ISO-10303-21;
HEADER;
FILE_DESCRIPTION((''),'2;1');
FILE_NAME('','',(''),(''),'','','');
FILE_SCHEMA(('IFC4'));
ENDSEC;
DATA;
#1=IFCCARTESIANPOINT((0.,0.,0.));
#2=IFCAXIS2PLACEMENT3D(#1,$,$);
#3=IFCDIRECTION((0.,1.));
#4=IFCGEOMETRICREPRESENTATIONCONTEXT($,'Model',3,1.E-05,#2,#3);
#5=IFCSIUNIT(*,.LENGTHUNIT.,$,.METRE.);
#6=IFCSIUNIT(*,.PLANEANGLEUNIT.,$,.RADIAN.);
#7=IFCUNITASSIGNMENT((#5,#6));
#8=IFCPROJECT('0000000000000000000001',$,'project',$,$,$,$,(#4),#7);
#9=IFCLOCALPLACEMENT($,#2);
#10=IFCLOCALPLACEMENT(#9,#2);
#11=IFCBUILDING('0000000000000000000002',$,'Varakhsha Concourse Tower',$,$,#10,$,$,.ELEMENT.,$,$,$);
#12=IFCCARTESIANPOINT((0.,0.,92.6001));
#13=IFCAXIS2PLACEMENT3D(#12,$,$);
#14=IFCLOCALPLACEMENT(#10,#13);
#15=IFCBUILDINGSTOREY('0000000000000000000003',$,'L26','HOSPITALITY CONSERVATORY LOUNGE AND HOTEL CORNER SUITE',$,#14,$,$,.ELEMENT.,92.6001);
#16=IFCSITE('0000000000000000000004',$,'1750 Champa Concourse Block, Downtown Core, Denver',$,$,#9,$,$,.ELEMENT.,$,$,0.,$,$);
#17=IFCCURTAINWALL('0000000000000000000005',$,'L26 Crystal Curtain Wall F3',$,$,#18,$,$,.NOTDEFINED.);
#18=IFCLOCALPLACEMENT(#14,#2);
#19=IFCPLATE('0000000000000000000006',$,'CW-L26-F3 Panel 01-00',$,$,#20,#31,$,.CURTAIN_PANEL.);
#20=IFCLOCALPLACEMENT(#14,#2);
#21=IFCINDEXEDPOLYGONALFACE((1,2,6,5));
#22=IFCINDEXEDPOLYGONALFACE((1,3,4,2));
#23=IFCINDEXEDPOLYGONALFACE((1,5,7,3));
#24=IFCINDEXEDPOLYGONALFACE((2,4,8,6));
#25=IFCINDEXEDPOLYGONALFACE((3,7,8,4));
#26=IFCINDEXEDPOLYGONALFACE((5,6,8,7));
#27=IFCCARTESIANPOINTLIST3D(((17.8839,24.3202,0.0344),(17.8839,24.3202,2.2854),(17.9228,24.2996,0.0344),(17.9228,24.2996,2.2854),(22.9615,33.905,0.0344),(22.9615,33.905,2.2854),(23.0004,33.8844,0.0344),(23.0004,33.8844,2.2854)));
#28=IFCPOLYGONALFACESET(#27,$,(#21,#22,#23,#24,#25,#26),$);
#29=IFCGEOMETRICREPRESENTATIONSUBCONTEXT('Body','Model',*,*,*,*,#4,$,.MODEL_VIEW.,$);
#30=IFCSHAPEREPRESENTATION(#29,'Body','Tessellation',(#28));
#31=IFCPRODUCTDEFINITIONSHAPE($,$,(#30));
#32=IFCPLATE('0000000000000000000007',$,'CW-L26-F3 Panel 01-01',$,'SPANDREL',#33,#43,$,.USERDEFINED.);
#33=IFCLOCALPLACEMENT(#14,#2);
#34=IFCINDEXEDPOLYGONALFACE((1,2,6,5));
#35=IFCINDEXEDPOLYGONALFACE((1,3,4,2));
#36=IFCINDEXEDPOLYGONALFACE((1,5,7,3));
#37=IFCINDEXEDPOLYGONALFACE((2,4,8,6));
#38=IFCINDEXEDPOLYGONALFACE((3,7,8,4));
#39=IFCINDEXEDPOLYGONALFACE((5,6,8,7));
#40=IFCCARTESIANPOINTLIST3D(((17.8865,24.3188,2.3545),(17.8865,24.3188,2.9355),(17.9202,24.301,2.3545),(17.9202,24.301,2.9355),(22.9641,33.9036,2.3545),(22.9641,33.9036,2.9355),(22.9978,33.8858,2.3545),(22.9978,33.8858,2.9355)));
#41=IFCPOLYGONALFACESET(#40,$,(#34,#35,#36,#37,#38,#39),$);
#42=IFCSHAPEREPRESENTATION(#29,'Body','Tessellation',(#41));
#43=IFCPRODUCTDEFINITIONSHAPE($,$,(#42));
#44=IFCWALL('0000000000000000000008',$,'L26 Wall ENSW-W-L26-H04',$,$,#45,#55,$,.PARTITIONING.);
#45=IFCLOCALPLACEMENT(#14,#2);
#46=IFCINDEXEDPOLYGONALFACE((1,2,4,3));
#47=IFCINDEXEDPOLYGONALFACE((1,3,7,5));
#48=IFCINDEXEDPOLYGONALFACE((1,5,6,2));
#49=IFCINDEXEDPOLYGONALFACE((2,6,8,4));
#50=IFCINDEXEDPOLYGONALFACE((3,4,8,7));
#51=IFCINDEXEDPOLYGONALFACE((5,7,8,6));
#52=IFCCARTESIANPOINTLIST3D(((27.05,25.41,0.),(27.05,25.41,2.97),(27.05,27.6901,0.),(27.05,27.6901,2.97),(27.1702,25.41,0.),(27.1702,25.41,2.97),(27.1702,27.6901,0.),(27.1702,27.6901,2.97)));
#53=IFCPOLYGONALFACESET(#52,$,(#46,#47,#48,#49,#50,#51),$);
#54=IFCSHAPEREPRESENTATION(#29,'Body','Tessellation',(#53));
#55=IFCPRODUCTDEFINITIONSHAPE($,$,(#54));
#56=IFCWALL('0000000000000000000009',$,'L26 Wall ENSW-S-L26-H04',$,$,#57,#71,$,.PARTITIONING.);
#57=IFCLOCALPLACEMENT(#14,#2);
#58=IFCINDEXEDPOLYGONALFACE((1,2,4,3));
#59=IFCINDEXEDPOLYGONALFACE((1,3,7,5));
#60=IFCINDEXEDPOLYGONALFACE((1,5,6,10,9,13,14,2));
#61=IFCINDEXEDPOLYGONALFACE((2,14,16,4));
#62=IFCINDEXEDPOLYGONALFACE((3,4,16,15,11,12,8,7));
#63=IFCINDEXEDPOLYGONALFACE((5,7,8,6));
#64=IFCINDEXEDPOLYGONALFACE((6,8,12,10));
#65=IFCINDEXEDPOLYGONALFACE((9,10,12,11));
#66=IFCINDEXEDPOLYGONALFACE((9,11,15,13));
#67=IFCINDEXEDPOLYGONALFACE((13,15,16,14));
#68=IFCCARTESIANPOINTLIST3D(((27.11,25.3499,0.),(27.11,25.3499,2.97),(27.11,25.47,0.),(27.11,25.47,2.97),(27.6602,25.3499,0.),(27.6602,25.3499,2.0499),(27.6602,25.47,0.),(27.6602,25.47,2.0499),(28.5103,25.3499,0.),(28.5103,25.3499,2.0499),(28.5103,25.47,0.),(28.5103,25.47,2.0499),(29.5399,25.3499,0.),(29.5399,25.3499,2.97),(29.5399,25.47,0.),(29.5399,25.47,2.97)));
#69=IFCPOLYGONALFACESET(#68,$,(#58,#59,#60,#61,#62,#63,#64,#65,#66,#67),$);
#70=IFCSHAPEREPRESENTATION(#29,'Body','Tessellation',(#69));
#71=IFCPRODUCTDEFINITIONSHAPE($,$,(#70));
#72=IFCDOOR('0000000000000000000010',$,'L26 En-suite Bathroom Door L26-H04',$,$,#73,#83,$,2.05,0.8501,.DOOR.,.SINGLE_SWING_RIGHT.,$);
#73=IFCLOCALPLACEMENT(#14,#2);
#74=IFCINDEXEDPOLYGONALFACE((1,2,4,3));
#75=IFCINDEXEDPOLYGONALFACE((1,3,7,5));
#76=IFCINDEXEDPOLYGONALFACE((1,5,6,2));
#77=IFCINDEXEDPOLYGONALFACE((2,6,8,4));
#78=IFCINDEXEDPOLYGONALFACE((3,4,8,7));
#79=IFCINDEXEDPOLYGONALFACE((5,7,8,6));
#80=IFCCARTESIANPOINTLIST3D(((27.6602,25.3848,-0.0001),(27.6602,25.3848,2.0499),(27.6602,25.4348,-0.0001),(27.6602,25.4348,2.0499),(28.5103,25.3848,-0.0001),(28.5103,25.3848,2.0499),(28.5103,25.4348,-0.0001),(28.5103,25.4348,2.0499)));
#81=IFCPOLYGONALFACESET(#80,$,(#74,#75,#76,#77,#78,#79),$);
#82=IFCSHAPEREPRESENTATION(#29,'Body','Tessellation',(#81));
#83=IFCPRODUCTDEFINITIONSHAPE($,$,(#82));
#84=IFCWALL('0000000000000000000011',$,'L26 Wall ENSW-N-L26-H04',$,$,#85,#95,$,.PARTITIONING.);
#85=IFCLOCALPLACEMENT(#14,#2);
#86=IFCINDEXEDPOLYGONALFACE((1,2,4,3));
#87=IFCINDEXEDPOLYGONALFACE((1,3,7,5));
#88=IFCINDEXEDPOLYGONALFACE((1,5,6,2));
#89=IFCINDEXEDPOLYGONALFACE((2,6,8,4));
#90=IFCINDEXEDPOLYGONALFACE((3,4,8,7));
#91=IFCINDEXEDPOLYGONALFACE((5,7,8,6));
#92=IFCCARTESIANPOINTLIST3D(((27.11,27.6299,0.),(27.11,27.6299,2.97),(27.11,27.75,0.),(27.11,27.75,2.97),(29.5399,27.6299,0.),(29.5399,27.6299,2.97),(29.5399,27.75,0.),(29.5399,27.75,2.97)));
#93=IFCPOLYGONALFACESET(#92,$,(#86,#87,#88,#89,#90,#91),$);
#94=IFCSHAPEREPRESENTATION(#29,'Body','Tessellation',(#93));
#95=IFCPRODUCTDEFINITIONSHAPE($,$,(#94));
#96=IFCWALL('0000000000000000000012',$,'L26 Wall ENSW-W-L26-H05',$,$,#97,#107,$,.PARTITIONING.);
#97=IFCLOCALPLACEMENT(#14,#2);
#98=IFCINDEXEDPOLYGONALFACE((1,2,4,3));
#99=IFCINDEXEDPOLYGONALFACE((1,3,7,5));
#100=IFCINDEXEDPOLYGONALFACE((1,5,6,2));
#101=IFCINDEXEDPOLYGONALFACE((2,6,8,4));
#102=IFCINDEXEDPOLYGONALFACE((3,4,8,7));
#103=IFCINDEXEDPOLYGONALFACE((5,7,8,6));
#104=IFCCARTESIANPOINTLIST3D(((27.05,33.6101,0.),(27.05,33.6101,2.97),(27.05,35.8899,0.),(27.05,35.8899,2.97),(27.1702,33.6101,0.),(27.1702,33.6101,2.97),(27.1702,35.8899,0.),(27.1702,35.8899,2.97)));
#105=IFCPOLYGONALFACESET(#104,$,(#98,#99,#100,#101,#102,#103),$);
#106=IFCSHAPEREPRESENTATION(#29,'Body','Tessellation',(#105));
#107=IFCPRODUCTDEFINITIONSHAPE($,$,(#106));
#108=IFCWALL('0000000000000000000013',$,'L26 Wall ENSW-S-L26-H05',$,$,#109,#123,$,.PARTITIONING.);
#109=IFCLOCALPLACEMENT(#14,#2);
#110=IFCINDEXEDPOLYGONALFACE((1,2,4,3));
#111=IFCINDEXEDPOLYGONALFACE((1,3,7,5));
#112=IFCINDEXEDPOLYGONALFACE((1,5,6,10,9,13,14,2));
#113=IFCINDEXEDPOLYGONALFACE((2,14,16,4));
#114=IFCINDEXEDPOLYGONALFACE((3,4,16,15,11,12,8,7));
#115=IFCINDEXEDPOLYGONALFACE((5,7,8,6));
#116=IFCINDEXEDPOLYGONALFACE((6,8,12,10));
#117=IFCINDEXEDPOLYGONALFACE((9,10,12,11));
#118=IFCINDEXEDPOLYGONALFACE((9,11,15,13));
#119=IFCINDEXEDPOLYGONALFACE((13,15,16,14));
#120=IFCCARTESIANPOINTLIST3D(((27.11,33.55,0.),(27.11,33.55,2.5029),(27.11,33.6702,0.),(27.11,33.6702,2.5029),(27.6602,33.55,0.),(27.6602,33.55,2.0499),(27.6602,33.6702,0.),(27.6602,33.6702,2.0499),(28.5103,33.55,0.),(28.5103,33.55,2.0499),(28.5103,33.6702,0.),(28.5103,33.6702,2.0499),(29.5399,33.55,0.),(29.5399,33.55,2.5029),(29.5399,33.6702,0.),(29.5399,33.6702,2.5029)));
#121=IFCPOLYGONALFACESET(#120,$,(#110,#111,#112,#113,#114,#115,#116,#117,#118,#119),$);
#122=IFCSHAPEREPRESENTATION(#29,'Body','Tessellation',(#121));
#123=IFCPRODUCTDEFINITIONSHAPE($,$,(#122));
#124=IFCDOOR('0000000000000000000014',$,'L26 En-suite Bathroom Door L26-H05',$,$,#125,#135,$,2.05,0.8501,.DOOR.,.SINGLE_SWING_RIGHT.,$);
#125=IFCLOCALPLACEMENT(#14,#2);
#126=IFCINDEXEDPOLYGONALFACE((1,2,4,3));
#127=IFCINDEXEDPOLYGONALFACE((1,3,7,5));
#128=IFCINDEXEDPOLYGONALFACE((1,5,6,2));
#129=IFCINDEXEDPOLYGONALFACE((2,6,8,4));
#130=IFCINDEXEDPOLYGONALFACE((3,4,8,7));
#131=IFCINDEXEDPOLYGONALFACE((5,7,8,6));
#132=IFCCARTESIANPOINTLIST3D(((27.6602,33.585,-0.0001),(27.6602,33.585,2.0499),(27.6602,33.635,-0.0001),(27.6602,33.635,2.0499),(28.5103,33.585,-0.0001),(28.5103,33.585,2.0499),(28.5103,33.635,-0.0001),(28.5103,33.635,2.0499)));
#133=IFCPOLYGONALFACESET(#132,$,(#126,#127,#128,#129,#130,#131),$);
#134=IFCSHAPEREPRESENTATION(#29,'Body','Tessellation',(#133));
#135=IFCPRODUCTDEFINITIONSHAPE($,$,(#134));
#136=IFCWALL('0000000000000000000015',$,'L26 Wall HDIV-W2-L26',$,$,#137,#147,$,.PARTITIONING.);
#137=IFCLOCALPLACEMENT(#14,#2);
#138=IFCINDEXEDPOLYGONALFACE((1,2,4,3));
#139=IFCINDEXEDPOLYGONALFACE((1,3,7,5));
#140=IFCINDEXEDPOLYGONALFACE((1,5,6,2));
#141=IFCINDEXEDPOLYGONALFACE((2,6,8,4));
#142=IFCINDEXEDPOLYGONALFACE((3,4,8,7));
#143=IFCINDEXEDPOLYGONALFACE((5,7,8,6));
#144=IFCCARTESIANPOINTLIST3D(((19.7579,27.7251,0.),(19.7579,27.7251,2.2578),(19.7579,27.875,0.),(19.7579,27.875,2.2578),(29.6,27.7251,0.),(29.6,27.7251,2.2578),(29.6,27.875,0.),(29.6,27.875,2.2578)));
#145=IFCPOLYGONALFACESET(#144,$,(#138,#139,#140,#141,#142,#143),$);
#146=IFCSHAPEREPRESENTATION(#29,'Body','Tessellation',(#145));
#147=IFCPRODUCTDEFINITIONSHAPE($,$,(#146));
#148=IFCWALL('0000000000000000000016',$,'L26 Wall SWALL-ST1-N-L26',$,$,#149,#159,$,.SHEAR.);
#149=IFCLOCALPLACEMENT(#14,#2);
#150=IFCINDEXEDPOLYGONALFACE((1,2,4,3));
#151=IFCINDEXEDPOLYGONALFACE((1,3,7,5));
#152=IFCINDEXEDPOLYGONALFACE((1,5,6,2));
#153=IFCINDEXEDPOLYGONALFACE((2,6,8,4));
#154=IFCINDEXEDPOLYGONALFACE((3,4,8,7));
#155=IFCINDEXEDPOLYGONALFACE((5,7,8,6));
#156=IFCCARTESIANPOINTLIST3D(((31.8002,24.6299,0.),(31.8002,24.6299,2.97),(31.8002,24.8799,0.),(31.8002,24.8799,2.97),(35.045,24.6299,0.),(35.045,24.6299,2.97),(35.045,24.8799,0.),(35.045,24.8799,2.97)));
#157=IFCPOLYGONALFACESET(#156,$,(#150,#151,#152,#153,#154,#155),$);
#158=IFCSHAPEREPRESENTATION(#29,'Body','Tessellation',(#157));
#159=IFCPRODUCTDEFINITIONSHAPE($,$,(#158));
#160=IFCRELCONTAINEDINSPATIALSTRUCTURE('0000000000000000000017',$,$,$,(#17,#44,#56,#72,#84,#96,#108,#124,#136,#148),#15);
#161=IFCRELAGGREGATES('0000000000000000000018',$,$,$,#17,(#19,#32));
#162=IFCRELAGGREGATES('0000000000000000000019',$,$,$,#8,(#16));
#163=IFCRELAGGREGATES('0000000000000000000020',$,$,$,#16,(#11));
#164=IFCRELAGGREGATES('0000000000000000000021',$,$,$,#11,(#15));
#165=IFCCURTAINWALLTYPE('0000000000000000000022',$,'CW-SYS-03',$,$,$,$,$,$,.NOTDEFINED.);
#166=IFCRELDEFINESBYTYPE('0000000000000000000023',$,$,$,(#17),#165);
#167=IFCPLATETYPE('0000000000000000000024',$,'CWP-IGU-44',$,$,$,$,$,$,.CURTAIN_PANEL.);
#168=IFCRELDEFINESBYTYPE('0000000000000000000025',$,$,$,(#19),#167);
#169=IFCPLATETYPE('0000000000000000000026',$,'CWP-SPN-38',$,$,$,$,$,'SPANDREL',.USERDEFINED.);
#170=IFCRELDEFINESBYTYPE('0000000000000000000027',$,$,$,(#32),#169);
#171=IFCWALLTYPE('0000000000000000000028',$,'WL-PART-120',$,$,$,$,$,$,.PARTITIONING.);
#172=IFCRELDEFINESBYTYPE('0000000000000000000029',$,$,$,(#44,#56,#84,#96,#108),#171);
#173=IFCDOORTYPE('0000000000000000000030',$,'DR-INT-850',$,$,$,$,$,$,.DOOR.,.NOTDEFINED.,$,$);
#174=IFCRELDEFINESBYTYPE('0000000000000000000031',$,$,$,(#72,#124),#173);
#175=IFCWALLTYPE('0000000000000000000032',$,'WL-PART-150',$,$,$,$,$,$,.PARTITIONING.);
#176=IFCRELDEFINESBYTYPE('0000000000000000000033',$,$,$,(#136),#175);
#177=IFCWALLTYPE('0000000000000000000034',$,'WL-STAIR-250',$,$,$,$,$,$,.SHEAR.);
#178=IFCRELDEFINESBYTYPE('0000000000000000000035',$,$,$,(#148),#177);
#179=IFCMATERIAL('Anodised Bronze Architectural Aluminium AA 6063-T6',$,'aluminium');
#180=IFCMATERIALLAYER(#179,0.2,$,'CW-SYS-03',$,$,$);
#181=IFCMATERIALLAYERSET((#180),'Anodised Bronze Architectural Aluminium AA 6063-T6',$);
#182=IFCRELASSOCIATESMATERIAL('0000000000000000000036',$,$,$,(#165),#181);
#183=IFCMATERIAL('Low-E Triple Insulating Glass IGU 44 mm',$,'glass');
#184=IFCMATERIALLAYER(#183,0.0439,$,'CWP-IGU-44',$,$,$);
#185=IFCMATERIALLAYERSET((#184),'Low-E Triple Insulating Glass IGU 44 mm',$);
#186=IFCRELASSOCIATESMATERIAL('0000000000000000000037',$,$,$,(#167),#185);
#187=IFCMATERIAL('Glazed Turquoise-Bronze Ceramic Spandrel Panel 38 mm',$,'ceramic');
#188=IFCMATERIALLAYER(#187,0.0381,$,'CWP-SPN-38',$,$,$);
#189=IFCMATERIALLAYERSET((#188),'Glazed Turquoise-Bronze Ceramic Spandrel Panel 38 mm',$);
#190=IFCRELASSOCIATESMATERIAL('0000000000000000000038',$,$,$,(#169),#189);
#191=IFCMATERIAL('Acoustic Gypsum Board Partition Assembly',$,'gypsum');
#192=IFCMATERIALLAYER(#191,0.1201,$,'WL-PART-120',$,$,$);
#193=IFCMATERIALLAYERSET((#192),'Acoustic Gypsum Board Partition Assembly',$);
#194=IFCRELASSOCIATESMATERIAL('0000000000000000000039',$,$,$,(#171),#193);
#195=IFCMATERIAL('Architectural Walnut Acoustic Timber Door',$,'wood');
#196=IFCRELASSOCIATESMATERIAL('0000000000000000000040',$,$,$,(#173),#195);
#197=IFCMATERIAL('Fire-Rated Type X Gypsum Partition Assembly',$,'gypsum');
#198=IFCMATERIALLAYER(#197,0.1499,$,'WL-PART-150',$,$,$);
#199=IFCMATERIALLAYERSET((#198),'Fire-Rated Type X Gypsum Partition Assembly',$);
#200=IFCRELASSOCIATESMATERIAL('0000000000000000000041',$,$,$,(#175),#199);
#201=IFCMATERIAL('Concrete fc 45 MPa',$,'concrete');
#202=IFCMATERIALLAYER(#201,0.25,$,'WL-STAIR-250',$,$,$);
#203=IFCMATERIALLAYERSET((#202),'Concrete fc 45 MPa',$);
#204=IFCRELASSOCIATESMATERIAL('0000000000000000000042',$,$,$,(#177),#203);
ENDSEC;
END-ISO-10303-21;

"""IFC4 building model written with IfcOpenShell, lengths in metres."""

from ifc_helpers import new_model, si_unit, direction, frame, frame_2d, origin, origin_2d, place, context, subcontext, project, spatial, rectangle, extrude, source, transform, mapped, material, layer, layer_set, type_object, type_shapes, element, fill, aggregate, save


model = new_model("IFC4")

# Units and contexts
model_context = context("Model", 3, precision=1e-05, world=origin(), true_north=direction((0.0, 1.0)))
body_context = subcontext(model_context, "Body", "Model", "MODEL_VIEW")
ifc_project = project(units=[si_unit("LENGTHUNIT", "METRE"), si_unit("PLANEANGLEUNIT", "RADIAN")], contexts=[model_context])

# Site, building, storey
site_placement = place(None, origin())
site = spatial("IfcSite", under=ifc_project, at=site_placement, Name="1750 Champa Concourse Block, Downtown Core, Denver", CompositionType="ELEMENT", RefElevation=0.0)
building_placement = place(site_placement, origin())
building = spatial("IfcBuilding", under=site, at=building_placement, Name="Varakhsha Concourse Tower", CompositionType="ELEMENT")
storey_placement = place(building_placement, frame((0.0, 0.0, 92.6001)))
storey = spatial("IfcBuildingStorey", under=building, at=storey_placement, Name="L26", Description="HOSPITALITY CONSERVATORY LOUNGE AND HOTEL CORNER SUITE", CompositionType="ELEMENT", Elevation=92.6001)

# Curtain wall, plates
ifc_material_1 = material(Name="Anodised Bronze Architectural Aluminium AA 6063-T6", Category="aluminium")
ifc_layer_1 = layer(ifc_material_1, 0.2, Name="CW-SYS-03")
ifc_layer_set_1 = layer_set([ifc_layer_1], Name="Anodised Bronze Architectural Aluminium AA 6063-T6")
curtain_wall_type = type_object("IfcCurtainWallType", Name="CW-SYS-03", PredefinedType="NOTDEFINED", material=ifc_layer_set_1)
curtain_wall_placement = place(storey_placement, origin())
curtain_wall = element("IfcCurtainWall", 1, at=curtain_wall_placement, inside=storey, type_object=curtain_wall_type, Name="L26 Crystal Curtain Wall F3", PredefinedType="NOTDEFINED")
ifc_material_2 = material(Name="Low-E Triple Insulating Glass IGU 44 mm", Category="glass")
ifc_layer_2 = layer(ifc_material_2, 0.0439, Name="CWP-IGU-44")
ifc_layer_set_2 = layer_set([ifc_layer_2], Name="Low-E Triple Insulating Glass IGU 44 mm")
plate_type_1 = type_object("IfcPlateType", Name="CWP-IGU-44", PredefinedType="CURTAIN_PANEL", material=ifc_layer_set_2)
shared_shape_1 = source(origin(), body_context, "Body", "SweptSolid", [
    extrude(rectangle(XDim=10.8467, YDim=0.0439, at=origin_2d()), origin(), (0.0, 0.0, 1.0), 2.251),
])
type_shapes(plate_type_1, [shared_shape_1])
plate_1_placement = place(storey_placement, frame((20.4421, 29.1023, 0.0344), z_axis=(0.0, 0.0, 1.0), x_axis=(0.468124, 0.883663, 0.0)))
plate_1 = element("IfcPlate", 2, at=plate_1_placement, type_object=plate_type_1, Name="CW-L26-F3 Panel 01-00", PredefinedType="CURTAIN_PANEL", context=body_context, shape_type="MappedRepresentation", body=[
    mapped(shared_shape_1, transform((0.0, 0.0, 0.0), scale=1.0)),
])
ifc_material_3 = material(Name="Glazed Turquoise-Bronze Ceramic Spandrel Panel 38 mm", Category="ceramic")
ifc_layer_3 = layer(ifc_material_3, 0.0381, Name="CWP-SPN-38")
ifc_layer_set_3 = layer_set([ifc_layer_3], Name="Glazed Turquoise-Bronze Ceramic Spandrel Panel 38 mm")
plate_type_2 = type_object("IfcPlateType", Name="CWP-SPN-38", ElementType="SPANDREL", PredefinedType="USERDEFINED", material=ifc_layer_set_3)
shared_shape_2 = source(origin(), body_context, "Body", "SweptSolid", [
    extrude(rectangle(XDim=10.8467, YDim=0.0381, at=origin_2d()), origin(), (0.0, 0.0, 1.0), 0.5811),
])
type_shapes(plate_type_2, [shared_shape_2])
plate_2_placement = place(storey_placement, frame((20.4421, 29.1023, 2.3545), z_axis=(0.0, 0.0, 1.0), x_axis=(0.468124, 0.883663, 0.0)))
plate_2 = element("IfcPlate", 3, at=plate_2_placement, type_object=plate_type_2, Name="CW-L26-F3 Panel 01-01", ObjectType="SPANDREL", PredefinedType="USERDEFINED", context=body_context, shape_type="MappedRepresentation", body=[
    mapped(shared_shape_2, transform((0.0, 0.0, 0.0), scale=1.0)),
])
aggregate(curtain_wall, [plate_1, plate_2])

# Wall
ifc_material_4 = material(Name="Acoustic Gypsum Board Partition Assembly", Category="gypsum")
ifc_layer_4 = layer(ifc_material_4, 0.1201, Name="WL-PART-120")
ifc_layer_set_4 = layer_set([ifc_layer_4], Name="Acoustic Gypsum Board Partition Assembly")
wall_type_1 = type_object("IfcWallType", Name="WL-PART-120", PredefinedType="PARTITIONING", material=ifc_layer_set_4)
wall_1_placement = place(storey_placement, frame((27.1101, 25.4099, 0.0), z_axis=(0.0, 0.0, 1.0), x_axis=(0.0, 1.0, 0.0)))
element("IfcWall", 4, at=wall_1_placement, inside=storey, type_object=wall_type_1, Name="L26 Wall ENSW-W-L26-H04", PredefinedType="PARTITIONING", context=body_context, shape_type="SweptSolid", body=[
    extrude(rectangle(XDim=2.28, YDim=0.1201, at=frame_2d((1.1401, 0.0))), origin(), (0.0, 0.0, 1.0), 2.97),
])

# Wall, opening, door
wall_2_placement = place(storey_placement, frame((27.1101, 25.4099, 0.0), z_axis=(0.0, 0.0, 1.0), x_axis=(1.0, 0.0, 0.0)))
wall_2 = element("IfcWall", 5, at=wall_2_placement, inside=storey, type_object=wall_type_1, Name="L26 Wall ENSW-S-L26-H04", PredefinedType="PARTITIONING", context=body_context, shape_type="SweptSolid", body=[
    extrude(rectangle(XDim=2.4299, YDim=0.1201, at=frame_2d((1.2148, 0.0))), origin(), (0.0, 0.0, 1.0), 2.97),
])
opening_1_placement = place(wall_2_placement, frame((0.55, 0.0, 0.0)))
opening_1 = element("IfcOpeningElement", 6, at=opening_1_placement, cuts=wall_2, PredefinedType="OPENING", context=body_context, shape_type="SweptSolid", body=[
    extrude(rectangle(XDim=0.8501, YDim=2.05, at=frame_2d((0.425, 1.0249))), frame((0.0, 0.0701, 0.0), z_axis=(0.0, -1.0, 0.0), x_axis=(1.0, 0.0, 0.0)), (0.0, 0.0, 1.0), 0.1401),
])
ifc_material_5 = material(Name="Architectural Walnut Acoustic Timber Door", Category="wood")
door_type = type_object("IfcDoorType", Name="DR-INT-850", OperationType="NOTDEFINED", PredefinedType="DOOR", material=ifc_material_5)
door_1_placement = place(opening_1_placement, origin())
door_1 = element("IfcDoor", 7, at=door_1_placement, inside=storey, type_object=door_type, Name="L26 En-suite Bathroom Door L26-H04", OperationType="SINGLE_SWING_RIGHT", OverallHeight=2.05, OverallWidth=0.8501, PredefinedType="DOOR", context=body_context, shape_type="SweptSolid", body=[
    extrude(rectangle(XDim=0.8501, YDim=2.05, at=frame_2d((0.425, 1.0249))), frame((0.0, 0.0249, 0.0), z_axis=(0.0, -1.0, 0.0), x_axis=(1.0, 0.0, 0.0)), (0.0, 0.0, 1.0), 0.05),
])
fill(opening_1, door_1)

# Walls
wall_3_placement = place(storey_placement, frame((27.1101, 27.6899, 0.0), z_axis=(0.0, 0.0, 1.0), x_axis=(1.0, 0.0, 0.0)))
element("IfcWall", 8, at=wall_3_placement, inside=storey, type_object=wall_type_1, Name="L26 Wall ENSW-N-L26-H04", PredefinedType="PARTITIONING", context=body_context, shape_type="SweptSolid", body=[
    extrude(rectangle(XDim=2.4299, YDim=0.1201, at=frame_2d((1.2148, 0.0))), origin(), (0.0, 0.0, 1.0), 2.97),
])
wall_4_placement = place(storey_placement, frame((27.1101, 33.6101, 0.0), z_axis=(0.0, 0.0, 1.0), x_axis=(0.0, 1.0, 0.0)))
element("IfcWall", 9, at=wall_4_placement, inside=storey, type_object=wall_type_1, Name="L26 Wall ENSW-W-L26-H05", PredefinedType="PARTITIONING", context=body_context, shape_type="SweptSolid", body=[
    extrude(rectangle(XDim=2.2798, YDim=0.1201, at=frame_2d((1.1399, 0.0))), origin(), (0.0, 0.0, 1.0), 2.97),
])

# Wall, opening, door
wall_5_placement = place(storey_placement, frame((27.1101, 33.6101, 0.0), z_axis=(0.0, 0.0, 1.0), x_axis=(1.0, 0.0, 0.0)))
wall_5 = element("IfcWall", 10, at=wall_5_placement, inside=storey, type_object=wall_type_1, Name="L26 Wall ENSW-S-L26-H05", PredefinedType="PARTITIONING", context=body_context, shape_type="SweptSolid", body=[
    extrude(rectangle(XDim=2.4299, YDim=0.1201, at=frame_2d((1.2148, 0.0))), origin(), (0.0, 0.0, 1.0), 2.5029),
])
opening_2_placement = place(wall_5_placement, frame((0.55, 0.0, 0.0)))
opening_2 = element("IfcOpeningElement", 11, at=opening_2_placement, cuts=wall_5, PredefinedType="OPENING", context=body_context, shape_type="SweptSolid", body=[
    extrude(rectangle(XDim=0.8501, YDim=2.05, at=frame_2d((0.425, 1.0249))), frame((0.0, 0.0701, 0.0), z_axis=(0.0, -1.0, 0.0), x_axis=(1.0, 0.0, 0.0)), (0.0, 0.0, 1.0), 0.1401),
])
door_2_placement = place(opening_2_placement, origin())
door_2 = element("IfcDoor", 12, at=door_2_placement, inside=storey, type_object=door_type, Name="L26 En-suite Bathroom Door L26-H05", OperationType="SINGLE_SWING_RIGHT", OverallHeight=2.05, OverallWidth=0.8501, PredefinedType="DOOR", context=body_context, shape_type="SweptSolid", body=[
    extrude(rectangle(XDim=0.8501, YDim=2.05, at=frame_2d((0.425, 1.0249))), frame((0.0, 0.0249, 0.0), z_axis=(0.0, -1.0, 0.0), x_axis=(1.0, 0.0, 0.0)), (0.0, 0.0, 1.0), 0.05),
])
fill(opening_2, door_2)

# Walls
ifc_material_6 = material(Name="Fire-Rated Type X Gypsum Partition Assembly", Category="gypsum")
ifc_layer_5 = layer(ifc_material_6, 0.1499, Name="WL-PART-150")
ifc_layer_set_5 = layer_set([ifc_layer_5], Name="Fire-Rated Type X Gypsum Partition Assembly")
wall_type_2 = type_object("IfcWallType", Name="WL-PART-150", PredefinedType="PARTITIONING", material=ifc_layer_set_5)
wall_6_placement = place(storey_placement, frame((19.7581, 27.8, 0.0), z_axis=(0.0, 0.0, 1.0), x_axis=(1.0, 0.0, 0.0)))
element("IfcWall", 13, at=wall_6_placement, inside=storey, type_object=wall_type_2, Name="L26 Wall HDIV-W2-L26", PredefinedType="PARTITIONING", context=body_context, shape_type="SweptSolid", body=[
    extrude(rectangle(XDim=9.842, YDim=0.1499, at=frame_2d((4.9209, 0.0))), origin(), (0.0, 0.0, 1.0), 2.2578),
])
ifc_material_7 = material(Name="Concrete fc 45 MPa", Category="concrete")
ifc_layer_6 = layer(ifc_material_7, 0.25, Name="WL-STAIR-250")
ifc_layer_set_6 = layer_set([ifc_layer_6], Name="Concrete fc 45 MPa")
wall_type_3 = type_object("IfcWallType", Name="WL-STAIR-250", PredefinedType="SHEAR", material=ifc_layer_set_6)
wall_7_placement = place(storey_placement, frame((31.8, 24.7549, 0.0), z_axis=(0.0, 0.0, 1.0), x_axis=(1.0, 0.0, 0.0)))
element("IfcWall", 14, at=wall_7_placement, inside=storey, type_object=wall_type_3, Name="L26 Wall SWALL-ST1-N-L26", PredefinedType="SHEAR", context=body_context, shape_type="SweptSolid", body=[
    extrude(rectangle(XDim=3.2449, YDim=0.25, at=frame_2d((1.6226, 0.0))), origin(), (0.0, 0.0, 1.0), 2.97),
])

save(model, "model.ifc")
